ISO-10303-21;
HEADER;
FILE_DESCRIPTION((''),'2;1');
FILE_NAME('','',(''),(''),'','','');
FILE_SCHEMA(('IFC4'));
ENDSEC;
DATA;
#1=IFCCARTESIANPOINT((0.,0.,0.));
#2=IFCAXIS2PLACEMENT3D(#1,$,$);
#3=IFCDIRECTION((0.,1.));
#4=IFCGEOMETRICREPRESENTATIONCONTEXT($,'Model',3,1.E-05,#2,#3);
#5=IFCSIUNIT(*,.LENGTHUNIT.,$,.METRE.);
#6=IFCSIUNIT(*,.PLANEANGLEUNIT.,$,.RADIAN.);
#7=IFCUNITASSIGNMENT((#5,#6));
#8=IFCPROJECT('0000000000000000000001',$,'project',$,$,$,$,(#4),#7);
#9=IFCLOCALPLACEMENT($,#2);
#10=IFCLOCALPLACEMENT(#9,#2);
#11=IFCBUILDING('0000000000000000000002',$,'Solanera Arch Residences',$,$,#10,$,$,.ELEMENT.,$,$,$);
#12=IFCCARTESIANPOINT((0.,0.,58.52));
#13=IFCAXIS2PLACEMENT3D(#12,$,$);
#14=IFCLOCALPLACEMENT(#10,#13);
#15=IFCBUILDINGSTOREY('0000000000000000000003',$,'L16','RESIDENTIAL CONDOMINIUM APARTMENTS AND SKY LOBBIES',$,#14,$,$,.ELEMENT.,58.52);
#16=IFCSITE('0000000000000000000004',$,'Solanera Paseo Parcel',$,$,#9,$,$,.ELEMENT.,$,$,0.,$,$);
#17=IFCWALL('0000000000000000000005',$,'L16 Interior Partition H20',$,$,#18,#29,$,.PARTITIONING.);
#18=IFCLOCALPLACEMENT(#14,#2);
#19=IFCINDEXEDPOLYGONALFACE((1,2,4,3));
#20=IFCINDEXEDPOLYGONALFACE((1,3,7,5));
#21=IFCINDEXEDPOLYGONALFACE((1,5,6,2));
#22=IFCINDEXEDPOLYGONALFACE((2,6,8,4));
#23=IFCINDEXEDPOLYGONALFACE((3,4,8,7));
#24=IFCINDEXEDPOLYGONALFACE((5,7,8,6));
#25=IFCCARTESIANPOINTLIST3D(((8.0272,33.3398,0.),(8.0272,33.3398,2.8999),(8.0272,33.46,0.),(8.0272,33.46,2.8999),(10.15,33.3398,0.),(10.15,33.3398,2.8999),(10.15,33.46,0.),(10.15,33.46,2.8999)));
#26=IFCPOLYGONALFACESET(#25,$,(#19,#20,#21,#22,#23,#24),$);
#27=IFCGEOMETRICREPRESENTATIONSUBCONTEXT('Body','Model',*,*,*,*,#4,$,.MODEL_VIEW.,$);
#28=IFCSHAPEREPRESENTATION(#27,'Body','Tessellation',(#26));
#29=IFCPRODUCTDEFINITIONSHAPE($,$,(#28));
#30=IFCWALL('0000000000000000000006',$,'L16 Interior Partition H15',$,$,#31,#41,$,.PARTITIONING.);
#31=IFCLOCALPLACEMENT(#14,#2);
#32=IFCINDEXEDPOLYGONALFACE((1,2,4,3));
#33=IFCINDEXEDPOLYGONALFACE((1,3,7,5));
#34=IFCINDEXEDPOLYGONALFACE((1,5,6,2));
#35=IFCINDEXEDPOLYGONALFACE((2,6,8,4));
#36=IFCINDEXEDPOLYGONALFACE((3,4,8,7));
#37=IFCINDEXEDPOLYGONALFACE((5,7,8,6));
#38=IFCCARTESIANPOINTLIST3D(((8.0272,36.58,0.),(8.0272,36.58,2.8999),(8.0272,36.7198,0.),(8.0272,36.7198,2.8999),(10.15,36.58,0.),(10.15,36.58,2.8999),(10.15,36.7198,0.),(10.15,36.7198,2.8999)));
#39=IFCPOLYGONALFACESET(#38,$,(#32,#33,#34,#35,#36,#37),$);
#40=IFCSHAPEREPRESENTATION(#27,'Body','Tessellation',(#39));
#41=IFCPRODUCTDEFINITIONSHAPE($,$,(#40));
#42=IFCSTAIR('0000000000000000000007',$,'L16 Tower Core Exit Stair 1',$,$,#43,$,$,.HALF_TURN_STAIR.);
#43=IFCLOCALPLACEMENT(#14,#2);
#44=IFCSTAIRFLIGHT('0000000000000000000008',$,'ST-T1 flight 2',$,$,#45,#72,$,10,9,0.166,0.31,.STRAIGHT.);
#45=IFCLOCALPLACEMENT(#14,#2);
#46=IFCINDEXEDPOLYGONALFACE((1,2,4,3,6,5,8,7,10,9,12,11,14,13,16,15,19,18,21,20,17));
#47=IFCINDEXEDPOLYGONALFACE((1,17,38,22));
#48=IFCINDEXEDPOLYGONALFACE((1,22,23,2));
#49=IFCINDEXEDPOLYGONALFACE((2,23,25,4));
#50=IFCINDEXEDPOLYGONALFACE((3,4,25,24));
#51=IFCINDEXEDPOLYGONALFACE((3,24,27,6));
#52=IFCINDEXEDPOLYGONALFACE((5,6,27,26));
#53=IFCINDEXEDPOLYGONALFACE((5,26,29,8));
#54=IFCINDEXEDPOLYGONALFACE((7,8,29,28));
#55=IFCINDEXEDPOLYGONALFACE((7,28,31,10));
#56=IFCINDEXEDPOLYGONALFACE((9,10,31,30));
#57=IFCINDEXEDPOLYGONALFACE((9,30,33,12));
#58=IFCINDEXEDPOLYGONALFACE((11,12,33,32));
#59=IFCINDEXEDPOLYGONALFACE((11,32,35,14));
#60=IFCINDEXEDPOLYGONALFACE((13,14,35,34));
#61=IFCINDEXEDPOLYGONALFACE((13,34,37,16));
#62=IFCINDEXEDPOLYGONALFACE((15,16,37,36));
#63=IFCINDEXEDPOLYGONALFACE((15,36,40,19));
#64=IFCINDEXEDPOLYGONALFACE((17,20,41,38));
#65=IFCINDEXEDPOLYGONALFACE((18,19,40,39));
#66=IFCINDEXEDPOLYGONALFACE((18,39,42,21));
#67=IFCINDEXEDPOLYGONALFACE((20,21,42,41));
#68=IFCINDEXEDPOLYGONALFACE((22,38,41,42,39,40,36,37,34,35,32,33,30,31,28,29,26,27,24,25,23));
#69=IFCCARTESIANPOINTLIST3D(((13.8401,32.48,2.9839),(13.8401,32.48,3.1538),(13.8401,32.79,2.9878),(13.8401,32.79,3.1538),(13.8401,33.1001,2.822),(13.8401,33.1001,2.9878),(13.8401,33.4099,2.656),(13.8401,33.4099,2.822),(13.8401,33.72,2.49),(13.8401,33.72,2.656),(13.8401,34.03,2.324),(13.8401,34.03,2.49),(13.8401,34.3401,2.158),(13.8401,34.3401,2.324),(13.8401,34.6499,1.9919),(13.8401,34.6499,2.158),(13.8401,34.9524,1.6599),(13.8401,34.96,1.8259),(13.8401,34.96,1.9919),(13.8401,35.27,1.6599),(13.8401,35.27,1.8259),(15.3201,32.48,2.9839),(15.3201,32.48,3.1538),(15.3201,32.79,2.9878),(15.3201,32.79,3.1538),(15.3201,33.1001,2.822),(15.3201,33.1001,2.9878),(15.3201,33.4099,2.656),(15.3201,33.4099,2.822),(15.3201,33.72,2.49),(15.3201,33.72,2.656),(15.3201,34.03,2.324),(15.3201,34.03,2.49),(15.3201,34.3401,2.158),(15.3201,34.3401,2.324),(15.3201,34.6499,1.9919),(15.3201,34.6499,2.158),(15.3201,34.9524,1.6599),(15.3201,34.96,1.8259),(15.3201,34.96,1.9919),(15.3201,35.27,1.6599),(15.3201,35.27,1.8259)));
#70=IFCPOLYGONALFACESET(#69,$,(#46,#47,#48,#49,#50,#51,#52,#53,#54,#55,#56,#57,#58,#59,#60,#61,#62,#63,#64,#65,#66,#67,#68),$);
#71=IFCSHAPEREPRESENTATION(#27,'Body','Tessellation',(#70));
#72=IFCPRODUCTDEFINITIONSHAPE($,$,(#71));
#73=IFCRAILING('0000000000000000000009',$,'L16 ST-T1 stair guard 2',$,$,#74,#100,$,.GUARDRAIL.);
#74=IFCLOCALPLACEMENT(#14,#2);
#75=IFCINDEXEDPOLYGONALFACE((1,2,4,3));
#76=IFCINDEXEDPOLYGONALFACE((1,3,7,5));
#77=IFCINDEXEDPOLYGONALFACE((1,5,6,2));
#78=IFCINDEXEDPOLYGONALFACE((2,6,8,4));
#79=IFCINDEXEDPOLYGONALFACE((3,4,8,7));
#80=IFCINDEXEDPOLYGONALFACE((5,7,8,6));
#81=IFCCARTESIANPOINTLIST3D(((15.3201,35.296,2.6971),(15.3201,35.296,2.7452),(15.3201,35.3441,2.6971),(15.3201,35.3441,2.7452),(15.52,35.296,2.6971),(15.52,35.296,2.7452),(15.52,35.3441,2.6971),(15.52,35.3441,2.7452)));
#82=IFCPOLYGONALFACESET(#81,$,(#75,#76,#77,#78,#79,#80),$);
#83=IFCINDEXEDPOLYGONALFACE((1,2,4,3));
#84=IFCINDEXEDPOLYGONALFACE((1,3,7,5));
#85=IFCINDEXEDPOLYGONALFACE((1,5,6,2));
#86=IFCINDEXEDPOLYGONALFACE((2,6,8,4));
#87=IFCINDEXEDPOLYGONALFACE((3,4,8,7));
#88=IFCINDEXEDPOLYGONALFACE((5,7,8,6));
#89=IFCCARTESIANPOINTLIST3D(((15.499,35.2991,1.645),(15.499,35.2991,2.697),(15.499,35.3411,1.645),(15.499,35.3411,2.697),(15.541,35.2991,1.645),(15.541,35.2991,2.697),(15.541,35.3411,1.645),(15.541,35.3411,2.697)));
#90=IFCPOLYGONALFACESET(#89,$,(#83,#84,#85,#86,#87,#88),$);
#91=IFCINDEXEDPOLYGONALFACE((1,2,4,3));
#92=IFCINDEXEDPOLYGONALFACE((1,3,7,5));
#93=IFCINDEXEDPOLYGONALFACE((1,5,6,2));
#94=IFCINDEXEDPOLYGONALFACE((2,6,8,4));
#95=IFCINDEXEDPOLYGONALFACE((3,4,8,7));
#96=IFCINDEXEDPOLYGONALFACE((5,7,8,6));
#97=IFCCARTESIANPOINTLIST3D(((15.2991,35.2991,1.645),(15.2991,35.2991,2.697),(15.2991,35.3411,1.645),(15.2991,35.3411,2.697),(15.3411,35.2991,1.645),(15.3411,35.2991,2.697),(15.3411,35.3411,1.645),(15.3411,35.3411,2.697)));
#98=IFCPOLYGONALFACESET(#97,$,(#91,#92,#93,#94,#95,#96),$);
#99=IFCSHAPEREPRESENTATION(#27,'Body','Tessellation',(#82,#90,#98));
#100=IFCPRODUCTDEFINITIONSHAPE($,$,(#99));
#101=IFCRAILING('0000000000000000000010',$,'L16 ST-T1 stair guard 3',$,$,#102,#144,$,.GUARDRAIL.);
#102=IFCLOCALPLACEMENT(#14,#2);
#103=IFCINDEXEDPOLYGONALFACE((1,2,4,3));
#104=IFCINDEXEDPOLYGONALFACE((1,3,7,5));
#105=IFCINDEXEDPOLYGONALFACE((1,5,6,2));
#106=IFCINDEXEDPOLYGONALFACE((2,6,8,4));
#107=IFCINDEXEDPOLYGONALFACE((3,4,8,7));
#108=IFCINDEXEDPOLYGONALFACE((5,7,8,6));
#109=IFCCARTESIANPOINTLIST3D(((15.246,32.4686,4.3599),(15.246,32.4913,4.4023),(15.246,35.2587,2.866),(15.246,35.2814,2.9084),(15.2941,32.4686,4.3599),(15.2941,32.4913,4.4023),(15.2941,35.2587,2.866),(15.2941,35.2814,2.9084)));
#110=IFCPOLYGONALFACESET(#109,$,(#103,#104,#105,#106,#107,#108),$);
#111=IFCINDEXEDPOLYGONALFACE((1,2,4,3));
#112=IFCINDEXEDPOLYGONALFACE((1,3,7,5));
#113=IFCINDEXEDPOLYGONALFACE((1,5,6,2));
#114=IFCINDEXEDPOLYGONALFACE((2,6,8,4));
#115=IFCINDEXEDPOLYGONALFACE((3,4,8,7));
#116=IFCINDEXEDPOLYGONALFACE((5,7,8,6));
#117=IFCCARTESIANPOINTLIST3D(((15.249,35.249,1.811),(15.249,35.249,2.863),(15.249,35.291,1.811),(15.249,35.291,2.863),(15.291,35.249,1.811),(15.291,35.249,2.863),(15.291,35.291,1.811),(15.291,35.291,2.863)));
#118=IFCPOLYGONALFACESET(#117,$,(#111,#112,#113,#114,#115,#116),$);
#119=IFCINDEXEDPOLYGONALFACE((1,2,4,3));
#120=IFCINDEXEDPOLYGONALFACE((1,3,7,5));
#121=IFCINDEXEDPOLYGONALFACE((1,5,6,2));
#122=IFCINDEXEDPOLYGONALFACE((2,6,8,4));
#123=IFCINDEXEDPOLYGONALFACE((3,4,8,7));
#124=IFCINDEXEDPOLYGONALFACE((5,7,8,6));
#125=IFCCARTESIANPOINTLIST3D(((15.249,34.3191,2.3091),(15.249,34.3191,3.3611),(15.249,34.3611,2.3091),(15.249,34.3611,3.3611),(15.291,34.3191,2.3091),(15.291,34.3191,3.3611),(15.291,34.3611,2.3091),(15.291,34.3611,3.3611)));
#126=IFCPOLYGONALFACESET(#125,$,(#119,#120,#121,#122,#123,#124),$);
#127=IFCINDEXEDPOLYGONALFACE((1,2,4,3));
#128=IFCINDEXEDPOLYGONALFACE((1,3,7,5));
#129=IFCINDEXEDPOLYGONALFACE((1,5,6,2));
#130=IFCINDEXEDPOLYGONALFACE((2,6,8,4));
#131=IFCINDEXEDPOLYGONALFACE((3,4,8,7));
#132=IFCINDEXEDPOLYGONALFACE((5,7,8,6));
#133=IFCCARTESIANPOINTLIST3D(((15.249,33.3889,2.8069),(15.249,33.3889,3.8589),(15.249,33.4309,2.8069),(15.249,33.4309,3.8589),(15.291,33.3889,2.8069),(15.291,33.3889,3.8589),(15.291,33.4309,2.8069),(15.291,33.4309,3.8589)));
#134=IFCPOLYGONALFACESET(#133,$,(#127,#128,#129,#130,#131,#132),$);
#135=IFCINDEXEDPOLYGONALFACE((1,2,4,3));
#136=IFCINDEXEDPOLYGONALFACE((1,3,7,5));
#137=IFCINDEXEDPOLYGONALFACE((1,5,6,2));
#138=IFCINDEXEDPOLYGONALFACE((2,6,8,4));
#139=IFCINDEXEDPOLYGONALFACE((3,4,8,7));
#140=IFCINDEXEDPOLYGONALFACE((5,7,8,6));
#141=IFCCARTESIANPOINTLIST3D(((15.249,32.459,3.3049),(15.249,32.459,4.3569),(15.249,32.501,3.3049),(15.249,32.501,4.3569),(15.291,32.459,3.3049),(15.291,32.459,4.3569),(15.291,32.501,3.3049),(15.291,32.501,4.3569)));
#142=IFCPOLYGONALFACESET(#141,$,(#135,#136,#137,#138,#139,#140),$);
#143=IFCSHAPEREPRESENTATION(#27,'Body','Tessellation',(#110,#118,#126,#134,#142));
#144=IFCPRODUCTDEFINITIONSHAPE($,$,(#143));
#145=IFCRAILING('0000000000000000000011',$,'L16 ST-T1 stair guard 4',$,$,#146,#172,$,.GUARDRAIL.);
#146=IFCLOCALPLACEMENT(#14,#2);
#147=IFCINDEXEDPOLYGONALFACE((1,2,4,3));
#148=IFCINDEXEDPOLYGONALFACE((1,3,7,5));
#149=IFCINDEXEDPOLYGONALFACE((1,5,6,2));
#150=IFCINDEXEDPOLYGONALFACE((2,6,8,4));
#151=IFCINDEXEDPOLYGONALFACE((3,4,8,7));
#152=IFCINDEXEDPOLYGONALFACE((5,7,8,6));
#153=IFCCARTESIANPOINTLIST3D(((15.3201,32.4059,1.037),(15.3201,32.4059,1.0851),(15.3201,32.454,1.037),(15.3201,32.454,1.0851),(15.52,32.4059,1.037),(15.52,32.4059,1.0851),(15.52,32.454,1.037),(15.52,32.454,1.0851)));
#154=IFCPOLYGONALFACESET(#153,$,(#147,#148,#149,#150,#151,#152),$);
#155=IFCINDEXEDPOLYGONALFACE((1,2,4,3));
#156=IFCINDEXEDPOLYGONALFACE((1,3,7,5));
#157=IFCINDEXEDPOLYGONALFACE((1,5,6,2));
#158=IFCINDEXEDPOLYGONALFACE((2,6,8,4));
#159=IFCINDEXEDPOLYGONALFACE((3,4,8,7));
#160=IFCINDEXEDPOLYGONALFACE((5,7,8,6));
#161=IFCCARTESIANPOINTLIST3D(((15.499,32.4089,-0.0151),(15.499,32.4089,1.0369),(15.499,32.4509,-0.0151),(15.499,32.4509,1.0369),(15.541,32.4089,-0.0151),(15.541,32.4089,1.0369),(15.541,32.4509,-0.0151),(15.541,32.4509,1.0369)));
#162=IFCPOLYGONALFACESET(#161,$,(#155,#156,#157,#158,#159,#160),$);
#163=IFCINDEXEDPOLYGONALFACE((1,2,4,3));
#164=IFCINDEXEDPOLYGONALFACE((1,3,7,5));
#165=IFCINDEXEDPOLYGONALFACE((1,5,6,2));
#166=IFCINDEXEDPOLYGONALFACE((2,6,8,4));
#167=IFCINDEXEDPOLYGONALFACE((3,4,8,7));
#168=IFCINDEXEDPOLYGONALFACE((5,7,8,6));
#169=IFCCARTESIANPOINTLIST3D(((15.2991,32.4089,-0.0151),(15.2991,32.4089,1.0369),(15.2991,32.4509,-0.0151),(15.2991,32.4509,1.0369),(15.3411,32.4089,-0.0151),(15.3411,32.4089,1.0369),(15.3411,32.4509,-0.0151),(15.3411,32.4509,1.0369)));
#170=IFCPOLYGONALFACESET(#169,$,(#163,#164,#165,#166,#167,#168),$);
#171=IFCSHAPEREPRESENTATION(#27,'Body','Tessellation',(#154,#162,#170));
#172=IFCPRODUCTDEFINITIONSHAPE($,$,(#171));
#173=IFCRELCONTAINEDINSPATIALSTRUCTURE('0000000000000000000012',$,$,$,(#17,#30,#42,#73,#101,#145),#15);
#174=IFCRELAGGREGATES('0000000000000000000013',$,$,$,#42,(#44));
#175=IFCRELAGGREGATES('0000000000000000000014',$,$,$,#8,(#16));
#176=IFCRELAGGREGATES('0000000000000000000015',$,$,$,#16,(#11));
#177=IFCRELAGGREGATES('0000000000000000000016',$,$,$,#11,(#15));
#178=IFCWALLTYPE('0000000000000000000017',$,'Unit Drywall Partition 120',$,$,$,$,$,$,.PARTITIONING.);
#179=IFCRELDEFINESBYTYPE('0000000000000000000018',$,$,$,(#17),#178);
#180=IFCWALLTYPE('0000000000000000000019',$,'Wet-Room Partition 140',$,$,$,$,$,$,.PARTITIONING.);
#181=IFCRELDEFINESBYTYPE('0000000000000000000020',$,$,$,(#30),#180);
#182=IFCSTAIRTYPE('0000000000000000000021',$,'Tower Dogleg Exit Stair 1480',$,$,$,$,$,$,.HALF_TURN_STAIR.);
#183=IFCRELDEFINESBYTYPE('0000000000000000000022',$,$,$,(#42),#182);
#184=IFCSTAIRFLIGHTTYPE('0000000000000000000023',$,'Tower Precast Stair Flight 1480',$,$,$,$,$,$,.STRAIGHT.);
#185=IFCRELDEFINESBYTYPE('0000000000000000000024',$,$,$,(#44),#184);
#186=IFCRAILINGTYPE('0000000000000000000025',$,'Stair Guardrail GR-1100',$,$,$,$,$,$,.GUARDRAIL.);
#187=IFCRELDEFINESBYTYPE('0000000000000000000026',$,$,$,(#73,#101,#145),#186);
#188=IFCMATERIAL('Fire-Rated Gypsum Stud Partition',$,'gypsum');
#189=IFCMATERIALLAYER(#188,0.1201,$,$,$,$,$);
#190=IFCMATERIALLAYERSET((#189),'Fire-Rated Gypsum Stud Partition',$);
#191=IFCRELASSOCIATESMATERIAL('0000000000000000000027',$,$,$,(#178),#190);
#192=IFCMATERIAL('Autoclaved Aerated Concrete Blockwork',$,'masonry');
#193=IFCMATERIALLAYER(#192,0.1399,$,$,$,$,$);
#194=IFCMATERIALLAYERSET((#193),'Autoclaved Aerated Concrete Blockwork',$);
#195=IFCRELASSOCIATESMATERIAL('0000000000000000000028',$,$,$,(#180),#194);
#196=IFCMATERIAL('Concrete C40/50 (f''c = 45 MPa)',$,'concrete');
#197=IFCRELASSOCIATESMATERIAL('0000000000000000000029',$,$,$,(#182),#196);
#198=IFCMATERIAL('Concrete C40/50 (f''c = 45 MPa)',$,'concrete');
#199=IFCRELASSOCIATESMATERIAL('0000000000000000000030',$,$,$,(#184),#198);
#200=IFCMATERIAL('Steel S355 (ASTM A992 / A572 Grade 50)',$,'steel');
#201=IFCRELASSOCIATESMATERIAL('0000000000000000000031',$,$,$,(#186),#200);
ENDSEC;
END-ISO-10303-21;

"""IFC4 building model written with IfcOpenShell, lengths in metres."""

from ifc_helpers import new_model, si_unit, direction, frame, frame_2d, origin, origin_2d, place, context, subcontext, project, spatial, polyline, rectangle, outline, extrude, material, layer, layer_set, type_object, element, aggregate, save


model = new_model("IFC4")

# Units and contexts
model_context = context("Model", 3, precision=1e-05, world=origin(), true_north=direction((0.0, 1.0)))
body_context = subcontext(model_context, "Body", "Model", "MODEL_VIEW")
ifc_project = project(units=[si_unit("LENGTHUNIT", "METRE"), si_unit("PLANEANGLEUNIT", "RADIAN")], contexts=[model_context])

# Site, building, storey
site_placement = place(None, origin())
site = spatial("IfcSite", under=ifc_project, at=site_placement, Name="Solanera Paseo Parcel", CompositionType="ELEMENT", RefElevation=0.0)
building_placement = place(site_placement, origin())
building = spatial("IfcBuilding", under=site, at=building_placement, Name="Solanera Arch Residences", CompositionType="ELEMENT")
storey_placement = place(building_placement, frame((0.0, 0.0, 58.52)))
storey = spatial("IfcBuildingStorey", under=building, at=storey_placement, Name="L16", Description="RESIDENTIAL CONDOMINIUM APARTMENTS AND SKY LOBBIES", CompositionType="ELEMENT", Elevation=58.52)

# Walls
ifc_material_1 = material(Name="Fire-Rated Gypsum Stud Partition", Category="gypsum")
ifc_layer_1 = layer(ifc_material_1, 0.1201)
ifc_layer_set_1 = layer_set([ifc_layer_1], Name="Fire-Rated Gypsum Stud Partition")
wall_type_1 = type_object("IfcWallType", Name="Unit Drywall Partition 120", PredefinedType="PARTITIONING", material=ifc_layer_set_1)
wall_1_placement = place(storey_placement, frame((8.0271, 33.3999, 0.0), z_axis=(0.0, 0.0, 1.0), x_axis=(1.0, 0.0, 0.0)))
element("IfcWall", 1, at=wall_1_placement, inside=storey, type_object=wall_type_1, Name="L16 Interior Partition H20", PredefinedType="PARTITIONING", context=body_context, shape_type="SweptSolid", body=[
    extrude(rectangle(XDim=2.1228, YDim=0.1201, at=frame_2d((1.0615, 0.0))), origin(), (0.0, 0.0, 1.0), 2.8999),
])
ifc_material_2 = material(Name="Autoclaved Aerated Concrete Blockwork", Category="masonry")
ifc_layer_2 = layer(ifc_material_2, 0.1399)
ifc_layer_set_2 = layer_set([ifc_layer_2], Name="Autoclaved Aerated Concrete Blockwork")
wall_type_2 = type_object("IfcWallType", Name="Wet-Room Partition 140", PredefinedType="PARTITIONING", material=ifc_layer_set_2)
wall_2_placement = place(storey_placement, frame((8.0271, 36.6499, 0.0), z_axis=(0.0, 0.0, 1.0), x_axis=(1.0, 0.0, 0.0)))
element("IfcWall", 2, at=wall_2_placement, inside=storey, type_object=wall_type_2, Name="L16 Interior Partition H15", PredefinedType="PARTITIONING", context=body_context, shape_type="SweptSolid", body=[
    extrude(rectangle(XDim=2.1228, YDim=0.1399, at=frame_2d((1.0615, 0.0))), origin(), (0.0, 0.0, 1.0), 2.8999),
])

# Stair, stair flight
ifc_material_3 = material(Name="Concrete C40/50 (f'c = 45 MPa)", Category="concrete")
stair_type = type_object("IfcStairType", Name="Tower Dogleg Exit Stair 1480", PredefinedType="HALF_TURN_STAIR", material=ifc_material_3)
stair_placement = place(storey_placement, origin())
stair = element("IfcStair", 3, at=stair_placement, inside=storey, type_object=stair_type, Name="L16 Tower Core Exit Stair 1", PredefinedType="HALF_TURN_STAIR")
ifc_material_4 = material(Name="Concrete C40/50 (f'c = 45 MPa)", Category="concrete")
stair_flight_type = type_object("IfcStairFlightType", Name="Tower Precast Stair Flight 1480", PredefinedType="STRAIGHT", material=ifc_material_4)
stair_flight_placement = place(storey_placement, frame((14.5801, 35.27, 1.6599), z_axis=(0.0, 0.0, 1.0), x_axis=(0.0, -1.0, 0.0)))
stair_flight = element("IfcStairFlight", 4, at=stair_flight_placement, type_object=stair_flight_type, Name="ST-T1 flight 2", NumberOfRisers=10, NumberOfTreads=9, PredefinedType="STRAIGHT", RiserHeight=0.166, TreadLength=0.31, context=body_context, shape_type="SweptSolid", body=[
    extrude(outline(polyline([(0.0, 0.0), (0.0, 0.166), (0.3101, 0.166), (0.3101, 0.332), (0.6201, 0.332), (0.6201, 0.498), (0.9299, 0.498), (0.9299, 0.6641), (1.24, 0.6641), (1.24, 0.8301), (1.55, 0.8301), (1.55, 0.9961), (1.8601, 0.9961), (1.8601, 1.1621), (2.1699, 1.1621), (2.1699, 1.3279), (2.48, 1.3279), (2.48, 1.4939), (2.79, 1.4939), (2.79, 1.6599), (2.79, 1.324), (0.3176, 0.0), (0.0, 0.0)])), frame((0.0, 0.74, 0.0), z_axis=(0.0, -1.0, 0.0), x_axis=(1.0, 0.0, 0.0)), (0.0, 0.0, 1.0), 1.48),
])
aggregate(stair, [stair_flight])

# Railings
ifc_material_5 = material(Name="Steel S355 (ASTM A992 / A572 Grade 50)", Category="steel")
railing_type_1 = type_object("IfcRailingType", Name="Stair Guardrail GR-1100", PredefinedType="GUARDRAIL", material=ifc_material_5)
railing_1_placement = place(storey_placement, frame((15.52, 35.3201, 1.645)))
element("IfcRailing", 5, at=railing_1_placement, inside=storey, type_object=railing_type_1, Name="L16 ST-T1 stair guard 2", PredefinedType="GUARDRAIL", context=body_context, shape_type="SweptSolid", body=[
    extrude(rectangle(XDim=0.0481, YDim=0.0481, at=origin_2d()), frame((0.0, 0.0, 1.0762), z_axis=(-1.0, 0.0, 0.0), x_axis=(0.0, -1.0, 0.0)), (0.0, 0.0, 1.0), 0.2),
    extrude(rectangle(XDim=0.042, YDim=0.042, at=origin_2d()), origin(), (0.0, 0.0, 1.0), 1.052),
    extrude(rectangle(XDim=0.042, YDim=0.042, at=origin_2d()), frame((-0.2, 0.0, 0.0)), (0.0, 0.0, 1.0), 1.052),
])
railing_2_placement = place(storey_placement, frame((15.27, 35.27, 1.811)))
element("IfcRailing", 6, at=railing_2_placement, inside=storey, type_object=railing_type_1, Name="L16 ST-T1 stair guard 3", PredefinedType="GUARDRAIL", context=body_context, shape_type="SweptSolid", body=[
    extrude(rectangle(XDim=0.0481, YDim=0.0481, at=origin_2d()), frame((0.0, 0.0, 1.0762), z_axis=(0.0, -0.881581, 0.472033), x_axis=(1.0, 0.0, 0.0)), (0.0, 0.0, 1.0), 3.1648),
    extrude(rectangle(XDim=0.042, YDim=0.042, at=origin_2d()), origin(), (0.0, 0.0, 1.0), 1.052),
    extrude(rectangle(XDim=0.042, YDim=0.042, at=origin_2d()), frame((0.0, -0.9299, 0.498)), (0.0, 0.0, 1.0), 1.052),
    extrude(rectangle(XDim=0.042, YDim=0.042, at=origin_2d()), frame((0.0, -1.8601, 0.9958)), (0.0, 0.0, 1.0), 1.052),
    extrude(rectangle(XDim=0.042, YDim=0.042, at=origin_2d()), frame((0.0, -2.79, 1.4939)), (0.0, 0.0, 1.0), 1.052),
])
railing_3_placement = place(storey_placement, frame((15.52, 32.4299, -0.0151)))
element("IfcRailing", 7, at=railing_3_placement, inside=storey, type_object=railing_type_1, Name="L16 ST-T1 stair guard 4", PredefinedType="GUARDRAIL", context=body_context, shape_type="SweptSolid", body=[
    extrude(rectangle(XDim=0.0481, YDim=0.0481, at=origin_2d()), frame((0.0, 0.0, 1.0762), z_axis=(-1.0, 0.0, 0.0), x_axis=(0.0, -1.0, 0.0)), (0.0, 0.0, 1.0), 0.2),
    extrude(rectangle(XDim=0.042, YDim=0.042, at=origin_2d()), origin(), (0.0, 0.0, 1.0), 1.052),
    extrude(rectangle(XDim=0.042, YDim=0.042, at=origin_2d()), frame((-0.2, 0.0, 0.0)), (0.0, 0.0, 1.0), 1.052),
])

save(model, "model.ifc")
